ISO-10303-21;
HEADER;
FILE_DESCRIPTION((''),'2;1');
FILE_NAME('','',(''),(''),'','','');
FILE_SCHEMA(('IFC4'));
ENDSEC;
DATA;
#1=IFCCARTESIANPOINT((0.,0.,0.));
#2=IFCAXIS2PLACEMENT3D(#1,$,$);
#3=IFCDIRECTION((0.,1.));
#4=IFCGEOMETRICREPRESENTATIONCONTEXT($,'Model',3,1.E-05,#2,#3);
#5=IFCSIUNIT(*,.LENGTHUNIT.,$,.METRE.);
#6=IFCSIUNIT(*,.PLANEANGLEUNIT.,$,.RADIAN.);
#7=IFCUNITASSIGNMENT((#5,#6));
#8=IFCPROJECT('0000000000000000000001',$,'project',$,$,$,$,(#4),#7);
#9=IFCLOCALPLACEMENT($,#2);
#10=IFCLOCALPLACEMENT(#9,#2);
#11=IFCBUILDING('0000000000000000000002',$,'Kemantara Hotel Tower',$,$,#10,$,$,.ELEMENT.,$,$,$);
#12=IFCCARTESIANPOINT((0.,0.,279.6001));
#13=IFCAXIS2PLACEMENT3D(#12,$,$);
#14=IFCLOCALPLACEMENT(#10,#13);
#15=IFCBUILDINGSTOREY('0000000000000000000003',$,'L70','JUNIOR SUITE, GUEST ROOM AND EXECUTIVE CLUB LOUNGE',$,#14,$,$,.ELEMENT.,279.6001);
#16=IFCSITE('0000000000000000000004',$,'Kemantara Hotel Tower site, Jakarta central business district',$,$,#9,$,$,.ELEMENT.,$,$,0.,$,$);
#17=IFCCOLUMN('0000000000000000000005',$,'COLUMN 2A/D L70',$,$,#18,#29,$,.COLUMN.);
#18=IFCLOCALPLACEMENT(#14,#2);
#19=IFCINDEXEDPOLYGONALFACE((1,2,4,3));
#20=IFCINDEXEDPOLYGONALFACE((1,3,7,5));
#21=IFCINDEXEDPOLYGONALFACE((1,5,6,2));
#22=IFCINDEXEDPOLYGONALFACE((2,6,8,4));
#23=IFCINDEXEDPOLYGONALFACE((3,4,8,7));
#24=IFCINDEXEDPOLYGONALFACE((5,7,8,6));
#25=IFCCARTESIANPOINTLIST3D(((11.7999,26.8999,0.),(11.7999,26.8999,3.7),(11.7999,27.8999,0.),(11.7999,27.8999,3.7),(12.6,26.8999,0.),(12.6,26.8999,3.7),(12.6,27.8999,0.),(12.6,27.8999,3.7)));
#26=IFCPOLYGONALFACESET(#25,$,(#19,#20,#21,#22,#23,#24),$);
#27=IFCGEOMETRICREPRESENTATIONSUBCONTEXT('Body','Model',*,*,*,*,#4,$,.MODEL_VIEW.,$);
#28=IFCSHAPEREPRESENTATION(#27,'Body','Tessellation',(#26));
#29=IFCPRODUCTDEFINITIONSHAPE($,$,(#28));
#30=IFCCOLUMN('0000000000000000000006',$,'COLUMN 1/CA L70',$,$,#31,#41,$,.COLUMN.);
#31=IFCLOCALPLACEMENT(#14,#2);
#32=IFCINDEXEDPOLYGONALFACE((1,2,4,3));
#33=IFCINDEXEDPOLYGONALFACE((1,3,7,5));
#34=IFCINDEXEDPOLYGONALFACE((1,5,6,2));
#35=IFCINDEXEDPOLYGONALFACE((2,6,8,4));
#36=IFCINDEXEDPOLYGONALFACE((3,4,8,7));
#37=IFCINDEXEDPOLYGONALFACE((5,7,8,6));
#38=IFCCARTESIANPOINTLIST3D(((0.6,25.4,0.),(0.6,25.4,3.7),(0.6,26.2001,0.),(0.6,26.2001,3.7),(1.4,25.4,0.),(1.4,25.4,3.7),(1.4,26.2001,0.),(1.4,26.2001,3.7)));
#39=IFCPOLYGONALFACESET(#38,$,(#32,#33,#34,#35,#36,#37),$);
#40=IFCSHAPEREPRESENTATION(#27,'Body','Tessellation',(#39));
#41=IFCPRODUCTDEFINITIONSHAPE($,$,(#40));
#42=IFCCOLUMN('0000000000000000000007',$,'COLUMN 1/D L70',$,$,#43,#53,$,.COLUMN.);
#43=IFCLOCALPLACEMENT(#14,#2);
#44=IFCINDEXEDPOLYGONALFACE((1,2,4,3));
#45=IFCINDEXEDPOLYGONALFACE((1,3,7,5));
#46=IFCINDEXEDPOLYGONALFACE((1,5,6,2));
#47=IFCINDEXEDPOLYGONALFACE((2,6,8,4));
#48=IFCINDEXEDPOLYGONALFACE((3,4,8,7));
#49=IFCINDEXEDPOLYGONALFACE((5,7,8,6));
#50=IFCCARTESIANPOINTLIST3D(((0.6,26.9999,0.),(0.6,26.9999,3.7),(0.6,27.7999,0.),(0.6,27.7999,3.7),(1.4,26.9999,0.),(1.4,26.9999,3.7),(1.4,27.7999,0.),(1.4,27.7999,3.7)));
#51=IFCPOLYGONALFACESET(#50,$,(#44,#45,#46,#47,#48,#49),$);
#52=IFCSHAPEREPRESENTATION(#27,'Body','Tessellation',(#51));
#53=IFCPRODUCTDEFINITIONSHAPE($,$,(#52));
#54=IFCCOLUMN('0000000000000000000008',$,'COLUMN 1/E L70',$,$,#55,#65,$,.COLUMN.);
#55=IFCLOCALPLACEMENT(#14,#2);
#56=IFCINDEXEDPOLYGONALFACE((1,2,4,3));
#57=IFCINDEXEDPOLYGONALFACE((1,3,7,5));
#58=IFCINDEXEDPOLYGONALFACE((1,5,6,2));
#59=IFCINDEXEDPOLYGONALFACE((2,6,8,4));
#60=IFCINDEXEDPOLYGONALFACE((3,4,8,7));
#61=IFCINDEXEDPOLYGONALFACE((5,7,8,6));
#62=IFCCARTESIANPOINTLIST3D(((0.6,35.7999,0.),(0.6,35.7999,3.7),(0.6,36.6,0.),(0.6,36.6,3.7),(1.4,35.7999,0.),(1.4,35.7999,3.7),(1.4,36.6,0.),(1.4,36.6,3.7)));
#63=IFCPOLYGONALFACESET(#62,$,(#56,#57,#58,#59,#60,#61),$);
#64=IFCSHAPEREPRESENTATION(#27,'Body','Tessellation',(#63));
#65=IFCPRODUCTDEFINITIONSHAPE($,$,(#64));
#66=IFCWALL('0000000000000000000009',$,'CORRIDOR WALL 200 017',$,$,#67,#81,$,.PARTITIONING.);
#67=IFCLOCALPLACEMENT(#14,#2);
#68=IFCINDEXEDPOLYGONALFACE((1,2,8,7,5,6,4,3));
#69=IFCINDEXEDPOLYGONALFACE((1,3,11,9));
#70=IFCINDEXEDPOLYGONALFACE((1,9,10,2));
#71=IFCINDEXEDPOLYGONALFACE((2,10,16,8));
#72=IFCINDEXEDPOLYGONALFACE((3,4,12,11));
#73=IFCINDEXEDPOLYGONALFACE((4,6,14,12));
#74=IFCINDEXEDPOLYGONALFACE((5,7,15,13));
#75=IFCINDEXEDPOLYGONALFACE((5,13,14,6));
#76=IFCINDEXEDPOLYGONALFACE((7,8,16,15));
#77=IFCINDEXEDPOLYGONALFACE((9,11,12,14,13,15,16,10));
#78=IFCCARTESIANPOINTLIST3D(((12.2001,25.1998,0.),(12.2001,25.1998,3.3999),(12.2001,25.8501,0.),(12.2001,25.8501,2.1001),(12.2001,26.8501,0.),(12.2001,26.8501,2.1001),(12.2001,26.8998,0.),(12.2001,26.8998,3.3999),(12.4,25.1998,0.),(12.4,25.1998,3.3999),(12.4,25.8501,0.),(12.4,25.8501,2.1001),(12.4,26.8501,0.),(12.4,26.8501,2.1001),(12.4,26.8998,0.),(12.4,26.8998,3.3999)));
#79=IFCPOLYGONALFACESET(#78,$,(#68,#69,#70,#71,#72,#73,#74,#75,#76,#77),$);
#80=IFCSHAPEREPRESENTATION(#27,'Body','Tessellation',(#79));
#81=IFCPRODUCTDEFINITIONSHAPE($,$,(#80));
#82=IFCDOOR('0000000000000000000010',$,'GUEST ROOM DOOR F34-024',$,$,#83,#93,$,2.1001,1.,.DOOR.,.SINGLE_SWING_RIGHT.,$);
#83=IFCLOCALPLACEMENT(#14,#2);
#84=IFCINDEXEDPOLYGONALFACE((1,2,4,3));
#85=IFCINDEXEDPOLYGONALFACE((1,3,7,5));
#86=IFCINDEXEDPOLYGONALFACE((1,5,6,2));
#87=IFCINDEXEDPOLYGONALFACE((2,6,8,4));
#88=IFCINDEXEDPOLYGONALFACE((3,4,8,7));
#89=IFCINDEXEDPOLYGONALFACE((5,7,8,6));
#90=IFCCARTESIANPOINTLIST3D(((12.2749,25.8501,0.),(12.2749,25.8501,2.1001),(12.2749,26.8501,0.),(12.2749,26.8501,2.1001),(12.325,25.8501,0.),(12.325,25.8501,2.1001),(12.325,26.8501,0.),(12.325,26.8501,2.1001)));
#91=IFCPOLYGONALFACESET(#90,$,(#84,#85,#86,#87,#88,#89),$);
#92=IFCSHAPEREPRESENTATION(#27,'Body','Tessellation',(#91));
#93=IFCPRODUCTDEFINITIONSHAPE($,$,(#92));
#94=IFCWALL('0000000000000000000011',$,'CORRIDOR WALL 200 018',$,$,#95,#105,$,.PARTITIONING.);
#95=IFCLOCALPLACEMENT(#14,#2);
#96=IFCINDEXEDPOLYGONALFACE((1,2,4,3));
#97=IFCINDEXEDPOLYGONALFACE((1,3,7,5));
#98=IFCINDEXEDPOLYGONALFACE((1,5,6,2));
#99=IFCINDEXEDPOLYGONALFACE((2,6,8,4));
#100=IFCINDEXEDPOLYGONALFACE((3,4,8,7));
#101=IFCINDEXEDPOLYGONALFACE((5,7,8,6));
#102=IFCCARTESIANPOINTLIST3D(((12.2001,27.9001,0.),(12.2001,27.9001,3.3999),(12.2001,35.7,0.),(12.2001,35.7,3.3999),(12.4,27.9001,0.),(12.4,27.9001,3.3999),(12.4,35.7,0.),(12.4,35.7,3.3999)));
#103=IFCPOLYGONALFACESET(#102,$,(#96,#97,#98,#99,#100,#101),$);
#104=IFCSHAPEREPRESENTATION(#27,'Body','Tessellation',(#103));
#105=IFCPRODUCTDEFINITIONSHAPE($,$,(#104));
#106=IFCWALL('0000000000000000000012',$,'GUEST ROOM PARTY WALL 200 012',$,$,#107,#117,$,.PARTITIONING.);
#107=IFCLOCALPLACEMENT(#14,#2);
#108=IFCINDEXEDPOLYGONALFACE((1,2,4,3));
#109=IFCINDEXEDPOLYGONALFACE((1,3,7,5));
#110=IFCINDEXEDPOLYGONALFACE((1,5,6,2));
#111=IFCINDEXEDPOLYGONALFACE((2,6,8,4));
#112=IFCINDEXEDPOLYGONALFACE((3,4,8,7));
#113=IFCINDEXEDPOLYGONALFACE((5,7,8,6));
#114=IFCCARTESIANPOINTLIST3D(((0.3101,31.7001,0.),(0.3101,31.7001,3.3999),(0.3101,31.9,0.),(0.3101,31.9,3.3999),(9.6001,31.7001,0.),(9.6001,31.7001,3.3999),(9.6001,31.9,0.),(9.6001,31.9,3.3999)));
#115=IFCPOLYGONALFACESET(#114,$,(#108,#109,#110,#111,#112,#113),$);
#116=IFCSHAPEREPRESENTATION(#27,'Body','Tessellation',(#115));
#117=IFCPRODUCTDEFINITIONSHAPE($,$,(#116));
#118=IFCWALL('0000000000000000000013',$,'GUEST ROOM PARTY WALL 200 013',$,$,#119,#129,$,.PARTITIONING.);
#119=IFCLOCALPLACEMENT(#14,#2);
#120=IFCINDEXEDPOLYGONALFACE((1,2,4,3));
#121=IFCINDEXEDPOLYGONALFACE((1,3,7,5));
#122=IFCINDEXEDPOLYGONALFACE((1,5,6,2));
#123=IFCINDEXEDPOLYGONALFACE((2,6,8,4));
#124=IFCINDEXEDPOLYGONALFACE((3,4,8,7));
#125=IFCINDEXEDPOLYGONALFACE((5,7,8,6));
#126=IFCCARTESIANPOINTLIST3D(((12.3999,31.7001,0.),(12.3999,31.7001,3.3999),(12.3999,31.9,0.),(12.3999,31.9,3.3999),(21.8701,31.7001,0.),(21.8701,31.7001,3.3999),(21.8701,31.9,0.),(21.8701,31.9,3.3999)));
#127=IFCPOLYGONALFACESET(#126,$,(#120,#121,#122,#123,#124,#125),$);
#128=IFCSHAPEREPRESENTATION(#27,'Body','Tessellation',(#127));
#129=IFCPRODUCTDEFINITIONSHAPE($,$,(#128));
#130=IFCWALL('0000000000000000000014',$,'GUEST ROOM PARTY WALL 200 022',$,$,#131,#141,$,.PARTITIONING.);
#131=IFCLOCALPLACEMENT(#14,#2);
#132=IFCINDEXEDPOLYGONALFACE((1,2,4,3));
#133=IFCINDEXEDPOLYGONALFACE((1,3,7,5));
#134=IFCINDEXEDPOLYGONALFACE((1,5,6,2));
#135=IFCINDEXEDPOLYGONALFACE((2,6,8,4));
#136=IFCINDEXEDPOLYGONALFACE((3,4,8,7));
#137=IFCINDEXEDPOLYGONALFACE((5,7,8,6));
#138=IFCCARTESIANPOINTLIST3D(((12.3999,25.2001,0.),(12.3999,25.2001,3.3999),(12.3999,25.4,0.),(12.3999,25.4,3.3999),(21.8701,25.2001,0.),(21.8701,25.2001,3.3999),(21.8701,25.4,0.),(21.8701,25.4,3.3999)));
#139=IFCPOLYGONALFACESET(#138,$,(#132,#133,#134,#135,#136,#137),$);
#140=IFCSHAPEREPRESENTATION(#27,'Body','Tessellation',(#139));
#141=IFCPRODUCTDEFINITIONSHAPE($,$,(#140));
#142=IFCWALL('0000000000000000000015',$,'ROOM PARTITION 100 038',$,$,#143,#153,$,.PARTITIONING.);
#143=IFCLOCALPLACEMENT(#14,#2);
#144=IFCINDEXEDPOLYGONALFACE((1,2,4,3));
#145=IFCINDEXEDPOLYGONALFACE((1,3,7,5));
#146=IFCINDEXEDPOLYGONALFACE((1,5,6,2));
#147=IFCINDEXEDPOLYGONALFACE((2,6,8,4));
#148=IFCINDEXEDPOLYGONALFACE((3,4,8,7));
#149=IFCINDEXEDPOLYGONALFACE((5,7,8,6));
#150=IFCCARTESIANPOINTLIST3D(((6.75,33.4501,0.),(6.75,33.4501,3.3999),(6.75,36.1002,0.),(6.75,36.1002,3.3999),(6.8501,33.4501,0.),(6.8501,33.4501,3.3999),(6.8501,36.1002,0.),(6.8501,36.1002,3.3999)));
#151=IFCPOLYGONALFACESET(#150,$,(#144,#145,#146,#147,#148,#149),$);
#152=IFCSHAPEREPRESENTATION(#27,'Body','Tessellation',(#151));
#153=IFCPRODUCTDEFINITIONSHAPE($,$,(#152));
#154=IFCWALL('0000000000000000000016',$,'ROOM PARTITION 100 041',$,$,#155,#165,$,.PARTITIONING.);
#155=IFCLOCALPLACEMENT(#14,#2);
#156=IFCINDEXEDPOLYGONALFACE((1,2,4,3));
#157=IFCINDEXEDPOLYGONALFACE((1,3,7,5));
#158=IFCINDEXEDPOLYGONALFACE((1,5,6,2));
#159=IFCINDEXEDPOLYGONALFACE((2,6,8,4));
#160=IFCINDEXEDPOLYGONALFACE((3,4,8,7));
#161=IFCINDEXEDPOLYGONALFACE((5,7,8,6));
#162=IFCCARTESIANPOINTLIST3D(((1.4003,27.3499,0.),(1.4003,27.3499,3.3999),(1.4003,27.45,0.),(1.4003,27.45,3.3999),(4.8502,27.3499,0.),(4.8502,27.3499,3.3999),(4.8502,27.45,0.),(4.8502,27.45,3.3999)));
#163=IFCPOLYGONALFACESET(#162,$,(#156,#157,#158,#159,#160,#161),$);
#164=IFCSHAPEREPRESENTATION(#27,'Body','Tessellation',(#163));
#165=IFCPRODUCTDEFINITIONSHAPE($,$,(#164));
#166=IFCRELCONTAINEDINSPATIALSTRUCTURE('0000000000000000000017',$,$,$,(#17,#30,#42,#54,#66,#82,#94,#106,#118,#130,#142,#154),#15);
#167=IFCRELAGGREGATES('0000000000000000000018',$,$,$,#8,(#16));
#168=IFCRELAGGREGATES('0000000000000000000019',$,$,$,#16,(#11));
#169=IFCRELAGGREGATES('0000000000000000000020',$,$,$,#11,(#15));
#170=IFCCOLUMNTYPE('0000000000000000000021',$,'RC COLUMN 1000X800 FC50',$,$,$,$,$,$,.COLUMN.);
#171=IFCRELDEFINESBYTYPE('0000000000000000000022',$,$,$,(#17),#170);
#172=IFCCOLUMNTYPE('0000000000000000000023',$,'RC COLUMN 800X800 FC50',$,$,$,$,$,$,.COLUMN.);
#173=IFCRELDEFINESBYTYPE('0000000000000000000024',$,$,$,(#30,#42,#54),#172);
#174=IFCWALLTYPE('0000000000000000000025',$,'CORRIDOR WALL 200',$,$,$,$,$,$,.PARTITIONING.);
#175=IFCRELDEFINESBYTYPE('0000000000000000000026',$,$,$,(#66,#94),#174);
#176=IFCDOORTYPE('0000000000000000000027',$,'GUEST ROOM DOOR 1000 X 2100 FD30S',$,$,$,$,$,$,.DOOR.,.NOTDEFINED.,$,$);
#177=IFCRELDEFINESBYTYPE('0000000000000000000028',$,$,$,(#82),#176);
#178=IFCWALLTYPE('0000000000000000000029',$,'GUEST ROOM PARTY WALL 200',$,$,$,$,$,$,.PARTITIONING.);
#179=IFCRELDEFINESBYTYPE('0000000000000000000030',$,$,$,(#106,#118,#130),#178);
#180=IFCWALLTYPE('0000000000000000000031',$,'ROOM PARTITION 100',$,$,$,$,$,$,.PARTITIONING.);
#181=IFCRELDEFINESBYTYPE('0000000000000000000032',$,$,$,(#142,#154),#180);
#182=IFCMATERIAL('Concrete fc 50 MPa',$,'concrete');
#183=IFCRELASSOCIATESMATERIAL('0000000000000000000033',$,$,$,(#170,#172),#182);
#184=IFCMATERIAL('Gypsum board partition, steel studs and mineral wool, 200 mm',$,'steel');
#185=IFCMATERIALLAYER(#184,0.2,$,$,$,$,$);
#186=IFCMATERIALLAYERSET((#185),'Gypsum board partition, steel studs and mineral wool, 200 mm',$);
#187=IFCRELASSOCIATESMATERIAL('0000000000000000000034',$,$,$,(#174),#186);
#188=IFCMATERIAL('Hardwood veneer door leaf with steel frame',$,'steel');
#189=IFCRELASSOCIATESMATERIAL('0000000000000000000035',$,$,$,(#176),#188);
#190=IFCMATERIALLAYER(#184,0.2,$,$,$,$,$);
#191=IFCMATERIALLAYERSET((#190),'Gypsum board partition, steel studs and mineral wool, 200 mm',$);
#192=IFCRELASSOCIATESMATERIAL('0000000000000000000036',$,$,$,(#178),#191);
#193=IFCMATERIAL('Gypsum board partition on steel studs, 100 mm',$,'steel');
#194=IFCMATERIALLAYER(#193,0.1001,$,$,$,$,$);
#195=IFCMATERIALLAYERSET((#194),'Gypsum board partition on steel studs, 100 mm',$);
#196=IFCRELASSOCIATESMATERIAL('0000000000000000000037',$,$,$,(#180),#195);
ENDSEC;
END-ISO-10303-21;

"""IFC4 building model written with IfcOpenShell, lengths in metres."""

from ifc_helpers import new_model, si_unit, direction, frame, frame_2d, origin, origin_2d, place, context, subcontext, project, spatial, rectangle, extrude, material, layer, layer_set, material_profile, profile_set, type_object, element, fill, save


model = new_model("IFC4")

# Units and contexts
model_context = context("Model", 3, precision=1e-05, world=origin(), true_north=direction((0.0, 1.0)))
body_context = subcontext(model_context, "Body", "Model", "MODEL_VIEW")
ifc_project = project(units=[si_unit("LENGTHUNIT", "METRE"), si_unit("PLANEANGLEUNIT", "RADIAN")], contexts=[model_context])

# Site, building, storey
site_placement = place(None, origin())
site = spatial("IfcSite", under=ifc_project, at=site_placement, Name="Kemantara Hotel Tower site, Jakarta central business district", CompositionType="ELEMENT", RefElevation=0.0)
building_placement = place(site_placement, origin())
building = spatial("IfcBuilding", under=site, at=building_placement, Name="Kemantara Hotel Tower", CompositionType="ELEMENT")
storey_placement = place(building_placement, frame((0.0, 0.0, 279.6001)))
storey = spatial("IfcBuildingStorey", under=building, at=storey_placement, Name="L70", Description="JUNIOR SUITE, GUEST ROOM AND EXECUTIVE CLUB LOUNGE", CompositionType="ELEMENT", Elevation=279.6001)

# Columns
ifc_material_1 = material(Name="Concrete fc 50 MPa", Category="concrete")
ifc_material_profile_1 = material_profile(ifc_material_1, rectangle(XDim=1.0, YDim=0.8, at=origin_2d()), Name="RC 1000X800")
ifc_profile_set_1 = profile_set([ifc_material_profile_1], Name="Concrete fc 50 MPa")
column_type_1 = type_object("IfcColumnType", Name="RC COLUMN 1000X800 FC50", PredefinedType="COLUMN", material=ifc_profile_set_1)
column_placement = place(storey_placement, frame((12.2, 27.3999, 0.0), z_axis=(0.0, 0.0, 1.0), x_axis=(0.0, 1.0, 0.0)))
element("IfcColumn", 1, at=column_placement, inside=storey, type_object=column_type_1, Name="COLUMN 2A/D L70", PredefinedType="COLUMN", context=body_context, shape_type="SweptSolid", body=[
    extrude(rectangle(XDim=1.0, YDim=0.8, at=origin_2d()), origin(), (0.0, 0.0, 1.0), 3.7),
])
ifc_material_profile_2 = material_profile(ifc_material_1, rectangle(XDim=0.8, YDim=0.8, at=origin_2d()), Name="RC 800X800")
ifc_profile_set_2 = profile_set([ifc_material_profile_2], Name="Concrete fc 50 MPa")
column_type_2 = type_object("IfcColumnType", Name="RC COLUMN 800X800 FC50", PredefinedType="COLUMN", material=ifc_profile_set_2)
for number, where, z_axis, x_axis, name in (
    (2, (1.0, 25.8, 0.0), (0.0, 0.0, 1.0), (1.0, 0.0, 0.0), "COLUMN 1/CA L70"),
    (3, (1.0, 27.3999, 0.0), (0.0, 0.0, 1.0), (1.0, 0.0, 0.0), "COLUMN 1/D L70"),
    (4, (1.0, 36.2, 0.0), (0.0, 0.0, 1.0), (1.0, 0.0, 0.0), "COLUMN 1/E L70"),
):
    element("IfcColumn", number, at=place(storey_placement, frame(where, z_axis=z_axis, x_axis=x_axis)), inside=storey, type_object=column_type_2, Name=name, PredefinedType="COLUMN", context=body_context, shape_type="SweptSolid", body=[
        extrude(rectangle(XDim=0.8, YDim=0.8, at=origin_2d()), origin(), (0.0, 0.0, 1.0), 3.7),
    ])

# Wall, opening, door
ifc_material_2 = material(Name="Gypsum board partition, steel studs and mineral wool, 200 mm", Category="steel")
ifc_layer_1 = layer(ifc_material_2, 0.2)
ifc_layer_set_1 = layer_set([ifc_layer_1], Name="Gypsum board partition, steel studs and mineral wool, 200 mm")
wall_type_1 = type_object("IfcWallType", Name="CORRIDOR WALL 200", PredefinedType="PARTITIONING", material=ifc_layer_set_1)
wall_1_placement = place(storey_placement, frame((12.3, 26.8999, 0.0), z_axis=(0.0, 0.0, 1.0), x_axis=(0.0, -1.0, 0.0)))
wall_1 = element("IfcWall", 5, at=wall_1_placement, inside=storey, type_object=wall_type_1, Name="CORRIDOR WALL 200 017", PredefinedType="PARTITIONING", context=body_context, shape_type="SweptSolid", body=[
    extrude(rectangle(XDim=1.7, YDim=0.2, at=frame_2d((0.8501, 0.0))), origin(), (0.0, 0.0, 1.0), 3.3999),
])
opening_1_placement = place(wall_1_placement, frame((0.0498, 0.0, 0.0)))
opening_1 = element("IfcOpeningElement", 6, at=opening_1_placement, cuts=wall_1, PredefinedType="OPENING", context=body_context, shape_type="SweptSolid", body=[
    extrude(rectangle(XDim=1.0, YDim=2.1001, at=frame_2d((0.5, 1.05))), frame((0.0, 0.1099, 0.0), z_axis=(0.0, -1.0, 0.0), x_axis=(1.0, 0.0, 0.0)), (0.0, 0.0, 1.0), 0.22),
])
ifc_material_3 = material(Name="Hardwood veneer door leaf with steel frame", Category="steel")
door_type_1 = type_object("IfcDoorType", Name="GUEST ROOM DOOR 1000 X 2100 FD30S", OperationType="NOTDEFINED", PredefinedType="DOOR", material=ifc_material_3)
door_1_placement = place(opening_1_placement, origin())
door_1 = element("IfcDoor", 7, at=door_1_placement, inside=storey, type_object=door_type_1, Name="GUEST ROOM DOOR F34-024", OperationType="SINGLE_SWING_RIGHT", OverallHeight=2.1001, OverallWidth=1.0, PredefinedType="DOOR", context=body_context, shape_type="SweptSolid", body=[
    extrude(rectangle(XDim=1.0, YDim=2.1001, at=frame_2d((0.5, 1.05))), frame((0.0, 0.0249, 0.0), z_axis=(0.0, -1.0, 0.0), x_axis=(1.0, 0.0, 0.0)), (0.0, 0.0, 1.0), 0.05),
])
fill(opening_1, door_1)

# Walls
wall_2_placement = place(storey_placement, frame((12.3, 27.9001, 0.0), z_axis=(0.0, 0.0, 1.0), x_axis=(0.0, 1.0, 0.0)))
element("IfcWall", 8, at=wall_2_placement, inside=storey, type_object=wall_type_1, Name="CORRIDOR WALL 200 018", PredefinedType="PARTITIONING", context=body_context, shape_type="SweptSolid", body=[
    extrude(rectangle(XDim=7.7998, YDim=0.2, at=frame_2d((3.8999, 0.0))), origin(), (0.0, 0.0, 1.0), 3.3999),
])
ifc_layer_2 = layer(ifc_material_2, 0.2)
ifc_layer_set_2 = layer_set([ifc_layer_2], Name="Gypsum board partition, steel studs and mineral wool, 200 mm")
wall_type_2 = type_object("IfcWallType", Name="GUEST ROOM PARTY WALL 200", PredefinedType="PARTITIONING", material=ifc_layer_set_2)
wall_3_placement = place(storey_placement, frame((0.3101, 31.8, 0.0), z_axis=(0.0, 0.0, 1.0), x_axis=(1.0, 0.0, 0.0)))
element("IfcWall", 9, at=wall_3_placement, inside=storey, type_object=wall_type_2, Name="GUEST ROOM PARTY WALL 200 012", PredefinedType="PARTITIONING", context=body_context, shape_type="SweptSolid", body=[
    extrude(rectangle(XDim=9.29, YDim=0.2, at=frame_2d((4.645, 0.0))), origin(), (0.0, 0.0, 1.0), 3.3999),
])
for number, where, z_axis, x_axis, name in (
    (10, (12.3999, 31.8, 0.0), (0.0, 0.0, 1.0), (1.0, 0.0, 0.0), "GUEST ROOM PARTY WALL 200 013"),
    (11, (12.3999, 25.3, 0.0), (0.0, 0.0, 1.0), (1.0, 0.0, 0.0), "GUEST ROOM PARTY WALL 200 022"),
):
    element("IfcWall", number, at=place(storey_placement, frame(where, z_axis=z_axis, x_axis=x_axis)), inside=storey, type_object=wall_type_2, Name=name, PredefinedType="PARTITIONING", context=body_context, shape_type="SweptSolid", body=[
        extrude(rectangle(XDim=9.4702, YDim=0.2, at=frame_2d((4.7351, 0.0))), origin(), (0.0, 0.0, 1.0), 3.3999),
    ])
ifc_material_4 = material(Name="Gypsum board partition on steel studs, 100 mm", Category="steel")
ifc_layer_3 = layer(ifc_material_4, 0.1001)
ifc_layer_set_3 = layer_set([ifc_layer_3], Name="Gypsum board partition on steel studs, 100 mm")
wall_type_3 = type_object("IfcWallType", Name="ROOM PARTITION 100", PredefinedType="PARTITIONING", material=ifc_layer_set_3)
wall_4_placement = place(storey_placement, frame((6.8, 33.45, 0.0), z_axis=(0.0, 0.0, 1.0), x_axis=(0.0, 1.0, 0.0)))
element("IfcWall", 12, at=wall_4_placement, inside=storey, type_object=wall_type_3, Name="ROOM PARTITION 100 038", PredefinedType="PARTITIONING", context=body_context, shape_type="SweptSolid", body=[
    extrude(rectangle(XDim=2.6501, YDim=0.1001, at=frame_2d((1.3252, 0.0))), origin(), (0.0, 0.0, 1.0), 3.3999),
])
wall_5_placement = place(storey_placement, frame((1.4001, 27.3999, 0.0), z_axis=(0.0, 0.0, 1.0), x_axis=(1.0, 0.0, 0.0)))
element("IfcWall", 13, at=wall_5_placement, inside=storey, type_object=wall_type_3, Name="ROOM PARTITION 100 041", PredefinedType="PARTITIONING", context=body_context, shape_type="SweptSolid", body=[
    extrude(rectangle(XDim=3.45, YDim=0.1001, at=frame_2d((1.7251, 0.0))), origin(), (0.0, 0.0, 1.0), 3.3999),
])

save(model, "model.ifc")
